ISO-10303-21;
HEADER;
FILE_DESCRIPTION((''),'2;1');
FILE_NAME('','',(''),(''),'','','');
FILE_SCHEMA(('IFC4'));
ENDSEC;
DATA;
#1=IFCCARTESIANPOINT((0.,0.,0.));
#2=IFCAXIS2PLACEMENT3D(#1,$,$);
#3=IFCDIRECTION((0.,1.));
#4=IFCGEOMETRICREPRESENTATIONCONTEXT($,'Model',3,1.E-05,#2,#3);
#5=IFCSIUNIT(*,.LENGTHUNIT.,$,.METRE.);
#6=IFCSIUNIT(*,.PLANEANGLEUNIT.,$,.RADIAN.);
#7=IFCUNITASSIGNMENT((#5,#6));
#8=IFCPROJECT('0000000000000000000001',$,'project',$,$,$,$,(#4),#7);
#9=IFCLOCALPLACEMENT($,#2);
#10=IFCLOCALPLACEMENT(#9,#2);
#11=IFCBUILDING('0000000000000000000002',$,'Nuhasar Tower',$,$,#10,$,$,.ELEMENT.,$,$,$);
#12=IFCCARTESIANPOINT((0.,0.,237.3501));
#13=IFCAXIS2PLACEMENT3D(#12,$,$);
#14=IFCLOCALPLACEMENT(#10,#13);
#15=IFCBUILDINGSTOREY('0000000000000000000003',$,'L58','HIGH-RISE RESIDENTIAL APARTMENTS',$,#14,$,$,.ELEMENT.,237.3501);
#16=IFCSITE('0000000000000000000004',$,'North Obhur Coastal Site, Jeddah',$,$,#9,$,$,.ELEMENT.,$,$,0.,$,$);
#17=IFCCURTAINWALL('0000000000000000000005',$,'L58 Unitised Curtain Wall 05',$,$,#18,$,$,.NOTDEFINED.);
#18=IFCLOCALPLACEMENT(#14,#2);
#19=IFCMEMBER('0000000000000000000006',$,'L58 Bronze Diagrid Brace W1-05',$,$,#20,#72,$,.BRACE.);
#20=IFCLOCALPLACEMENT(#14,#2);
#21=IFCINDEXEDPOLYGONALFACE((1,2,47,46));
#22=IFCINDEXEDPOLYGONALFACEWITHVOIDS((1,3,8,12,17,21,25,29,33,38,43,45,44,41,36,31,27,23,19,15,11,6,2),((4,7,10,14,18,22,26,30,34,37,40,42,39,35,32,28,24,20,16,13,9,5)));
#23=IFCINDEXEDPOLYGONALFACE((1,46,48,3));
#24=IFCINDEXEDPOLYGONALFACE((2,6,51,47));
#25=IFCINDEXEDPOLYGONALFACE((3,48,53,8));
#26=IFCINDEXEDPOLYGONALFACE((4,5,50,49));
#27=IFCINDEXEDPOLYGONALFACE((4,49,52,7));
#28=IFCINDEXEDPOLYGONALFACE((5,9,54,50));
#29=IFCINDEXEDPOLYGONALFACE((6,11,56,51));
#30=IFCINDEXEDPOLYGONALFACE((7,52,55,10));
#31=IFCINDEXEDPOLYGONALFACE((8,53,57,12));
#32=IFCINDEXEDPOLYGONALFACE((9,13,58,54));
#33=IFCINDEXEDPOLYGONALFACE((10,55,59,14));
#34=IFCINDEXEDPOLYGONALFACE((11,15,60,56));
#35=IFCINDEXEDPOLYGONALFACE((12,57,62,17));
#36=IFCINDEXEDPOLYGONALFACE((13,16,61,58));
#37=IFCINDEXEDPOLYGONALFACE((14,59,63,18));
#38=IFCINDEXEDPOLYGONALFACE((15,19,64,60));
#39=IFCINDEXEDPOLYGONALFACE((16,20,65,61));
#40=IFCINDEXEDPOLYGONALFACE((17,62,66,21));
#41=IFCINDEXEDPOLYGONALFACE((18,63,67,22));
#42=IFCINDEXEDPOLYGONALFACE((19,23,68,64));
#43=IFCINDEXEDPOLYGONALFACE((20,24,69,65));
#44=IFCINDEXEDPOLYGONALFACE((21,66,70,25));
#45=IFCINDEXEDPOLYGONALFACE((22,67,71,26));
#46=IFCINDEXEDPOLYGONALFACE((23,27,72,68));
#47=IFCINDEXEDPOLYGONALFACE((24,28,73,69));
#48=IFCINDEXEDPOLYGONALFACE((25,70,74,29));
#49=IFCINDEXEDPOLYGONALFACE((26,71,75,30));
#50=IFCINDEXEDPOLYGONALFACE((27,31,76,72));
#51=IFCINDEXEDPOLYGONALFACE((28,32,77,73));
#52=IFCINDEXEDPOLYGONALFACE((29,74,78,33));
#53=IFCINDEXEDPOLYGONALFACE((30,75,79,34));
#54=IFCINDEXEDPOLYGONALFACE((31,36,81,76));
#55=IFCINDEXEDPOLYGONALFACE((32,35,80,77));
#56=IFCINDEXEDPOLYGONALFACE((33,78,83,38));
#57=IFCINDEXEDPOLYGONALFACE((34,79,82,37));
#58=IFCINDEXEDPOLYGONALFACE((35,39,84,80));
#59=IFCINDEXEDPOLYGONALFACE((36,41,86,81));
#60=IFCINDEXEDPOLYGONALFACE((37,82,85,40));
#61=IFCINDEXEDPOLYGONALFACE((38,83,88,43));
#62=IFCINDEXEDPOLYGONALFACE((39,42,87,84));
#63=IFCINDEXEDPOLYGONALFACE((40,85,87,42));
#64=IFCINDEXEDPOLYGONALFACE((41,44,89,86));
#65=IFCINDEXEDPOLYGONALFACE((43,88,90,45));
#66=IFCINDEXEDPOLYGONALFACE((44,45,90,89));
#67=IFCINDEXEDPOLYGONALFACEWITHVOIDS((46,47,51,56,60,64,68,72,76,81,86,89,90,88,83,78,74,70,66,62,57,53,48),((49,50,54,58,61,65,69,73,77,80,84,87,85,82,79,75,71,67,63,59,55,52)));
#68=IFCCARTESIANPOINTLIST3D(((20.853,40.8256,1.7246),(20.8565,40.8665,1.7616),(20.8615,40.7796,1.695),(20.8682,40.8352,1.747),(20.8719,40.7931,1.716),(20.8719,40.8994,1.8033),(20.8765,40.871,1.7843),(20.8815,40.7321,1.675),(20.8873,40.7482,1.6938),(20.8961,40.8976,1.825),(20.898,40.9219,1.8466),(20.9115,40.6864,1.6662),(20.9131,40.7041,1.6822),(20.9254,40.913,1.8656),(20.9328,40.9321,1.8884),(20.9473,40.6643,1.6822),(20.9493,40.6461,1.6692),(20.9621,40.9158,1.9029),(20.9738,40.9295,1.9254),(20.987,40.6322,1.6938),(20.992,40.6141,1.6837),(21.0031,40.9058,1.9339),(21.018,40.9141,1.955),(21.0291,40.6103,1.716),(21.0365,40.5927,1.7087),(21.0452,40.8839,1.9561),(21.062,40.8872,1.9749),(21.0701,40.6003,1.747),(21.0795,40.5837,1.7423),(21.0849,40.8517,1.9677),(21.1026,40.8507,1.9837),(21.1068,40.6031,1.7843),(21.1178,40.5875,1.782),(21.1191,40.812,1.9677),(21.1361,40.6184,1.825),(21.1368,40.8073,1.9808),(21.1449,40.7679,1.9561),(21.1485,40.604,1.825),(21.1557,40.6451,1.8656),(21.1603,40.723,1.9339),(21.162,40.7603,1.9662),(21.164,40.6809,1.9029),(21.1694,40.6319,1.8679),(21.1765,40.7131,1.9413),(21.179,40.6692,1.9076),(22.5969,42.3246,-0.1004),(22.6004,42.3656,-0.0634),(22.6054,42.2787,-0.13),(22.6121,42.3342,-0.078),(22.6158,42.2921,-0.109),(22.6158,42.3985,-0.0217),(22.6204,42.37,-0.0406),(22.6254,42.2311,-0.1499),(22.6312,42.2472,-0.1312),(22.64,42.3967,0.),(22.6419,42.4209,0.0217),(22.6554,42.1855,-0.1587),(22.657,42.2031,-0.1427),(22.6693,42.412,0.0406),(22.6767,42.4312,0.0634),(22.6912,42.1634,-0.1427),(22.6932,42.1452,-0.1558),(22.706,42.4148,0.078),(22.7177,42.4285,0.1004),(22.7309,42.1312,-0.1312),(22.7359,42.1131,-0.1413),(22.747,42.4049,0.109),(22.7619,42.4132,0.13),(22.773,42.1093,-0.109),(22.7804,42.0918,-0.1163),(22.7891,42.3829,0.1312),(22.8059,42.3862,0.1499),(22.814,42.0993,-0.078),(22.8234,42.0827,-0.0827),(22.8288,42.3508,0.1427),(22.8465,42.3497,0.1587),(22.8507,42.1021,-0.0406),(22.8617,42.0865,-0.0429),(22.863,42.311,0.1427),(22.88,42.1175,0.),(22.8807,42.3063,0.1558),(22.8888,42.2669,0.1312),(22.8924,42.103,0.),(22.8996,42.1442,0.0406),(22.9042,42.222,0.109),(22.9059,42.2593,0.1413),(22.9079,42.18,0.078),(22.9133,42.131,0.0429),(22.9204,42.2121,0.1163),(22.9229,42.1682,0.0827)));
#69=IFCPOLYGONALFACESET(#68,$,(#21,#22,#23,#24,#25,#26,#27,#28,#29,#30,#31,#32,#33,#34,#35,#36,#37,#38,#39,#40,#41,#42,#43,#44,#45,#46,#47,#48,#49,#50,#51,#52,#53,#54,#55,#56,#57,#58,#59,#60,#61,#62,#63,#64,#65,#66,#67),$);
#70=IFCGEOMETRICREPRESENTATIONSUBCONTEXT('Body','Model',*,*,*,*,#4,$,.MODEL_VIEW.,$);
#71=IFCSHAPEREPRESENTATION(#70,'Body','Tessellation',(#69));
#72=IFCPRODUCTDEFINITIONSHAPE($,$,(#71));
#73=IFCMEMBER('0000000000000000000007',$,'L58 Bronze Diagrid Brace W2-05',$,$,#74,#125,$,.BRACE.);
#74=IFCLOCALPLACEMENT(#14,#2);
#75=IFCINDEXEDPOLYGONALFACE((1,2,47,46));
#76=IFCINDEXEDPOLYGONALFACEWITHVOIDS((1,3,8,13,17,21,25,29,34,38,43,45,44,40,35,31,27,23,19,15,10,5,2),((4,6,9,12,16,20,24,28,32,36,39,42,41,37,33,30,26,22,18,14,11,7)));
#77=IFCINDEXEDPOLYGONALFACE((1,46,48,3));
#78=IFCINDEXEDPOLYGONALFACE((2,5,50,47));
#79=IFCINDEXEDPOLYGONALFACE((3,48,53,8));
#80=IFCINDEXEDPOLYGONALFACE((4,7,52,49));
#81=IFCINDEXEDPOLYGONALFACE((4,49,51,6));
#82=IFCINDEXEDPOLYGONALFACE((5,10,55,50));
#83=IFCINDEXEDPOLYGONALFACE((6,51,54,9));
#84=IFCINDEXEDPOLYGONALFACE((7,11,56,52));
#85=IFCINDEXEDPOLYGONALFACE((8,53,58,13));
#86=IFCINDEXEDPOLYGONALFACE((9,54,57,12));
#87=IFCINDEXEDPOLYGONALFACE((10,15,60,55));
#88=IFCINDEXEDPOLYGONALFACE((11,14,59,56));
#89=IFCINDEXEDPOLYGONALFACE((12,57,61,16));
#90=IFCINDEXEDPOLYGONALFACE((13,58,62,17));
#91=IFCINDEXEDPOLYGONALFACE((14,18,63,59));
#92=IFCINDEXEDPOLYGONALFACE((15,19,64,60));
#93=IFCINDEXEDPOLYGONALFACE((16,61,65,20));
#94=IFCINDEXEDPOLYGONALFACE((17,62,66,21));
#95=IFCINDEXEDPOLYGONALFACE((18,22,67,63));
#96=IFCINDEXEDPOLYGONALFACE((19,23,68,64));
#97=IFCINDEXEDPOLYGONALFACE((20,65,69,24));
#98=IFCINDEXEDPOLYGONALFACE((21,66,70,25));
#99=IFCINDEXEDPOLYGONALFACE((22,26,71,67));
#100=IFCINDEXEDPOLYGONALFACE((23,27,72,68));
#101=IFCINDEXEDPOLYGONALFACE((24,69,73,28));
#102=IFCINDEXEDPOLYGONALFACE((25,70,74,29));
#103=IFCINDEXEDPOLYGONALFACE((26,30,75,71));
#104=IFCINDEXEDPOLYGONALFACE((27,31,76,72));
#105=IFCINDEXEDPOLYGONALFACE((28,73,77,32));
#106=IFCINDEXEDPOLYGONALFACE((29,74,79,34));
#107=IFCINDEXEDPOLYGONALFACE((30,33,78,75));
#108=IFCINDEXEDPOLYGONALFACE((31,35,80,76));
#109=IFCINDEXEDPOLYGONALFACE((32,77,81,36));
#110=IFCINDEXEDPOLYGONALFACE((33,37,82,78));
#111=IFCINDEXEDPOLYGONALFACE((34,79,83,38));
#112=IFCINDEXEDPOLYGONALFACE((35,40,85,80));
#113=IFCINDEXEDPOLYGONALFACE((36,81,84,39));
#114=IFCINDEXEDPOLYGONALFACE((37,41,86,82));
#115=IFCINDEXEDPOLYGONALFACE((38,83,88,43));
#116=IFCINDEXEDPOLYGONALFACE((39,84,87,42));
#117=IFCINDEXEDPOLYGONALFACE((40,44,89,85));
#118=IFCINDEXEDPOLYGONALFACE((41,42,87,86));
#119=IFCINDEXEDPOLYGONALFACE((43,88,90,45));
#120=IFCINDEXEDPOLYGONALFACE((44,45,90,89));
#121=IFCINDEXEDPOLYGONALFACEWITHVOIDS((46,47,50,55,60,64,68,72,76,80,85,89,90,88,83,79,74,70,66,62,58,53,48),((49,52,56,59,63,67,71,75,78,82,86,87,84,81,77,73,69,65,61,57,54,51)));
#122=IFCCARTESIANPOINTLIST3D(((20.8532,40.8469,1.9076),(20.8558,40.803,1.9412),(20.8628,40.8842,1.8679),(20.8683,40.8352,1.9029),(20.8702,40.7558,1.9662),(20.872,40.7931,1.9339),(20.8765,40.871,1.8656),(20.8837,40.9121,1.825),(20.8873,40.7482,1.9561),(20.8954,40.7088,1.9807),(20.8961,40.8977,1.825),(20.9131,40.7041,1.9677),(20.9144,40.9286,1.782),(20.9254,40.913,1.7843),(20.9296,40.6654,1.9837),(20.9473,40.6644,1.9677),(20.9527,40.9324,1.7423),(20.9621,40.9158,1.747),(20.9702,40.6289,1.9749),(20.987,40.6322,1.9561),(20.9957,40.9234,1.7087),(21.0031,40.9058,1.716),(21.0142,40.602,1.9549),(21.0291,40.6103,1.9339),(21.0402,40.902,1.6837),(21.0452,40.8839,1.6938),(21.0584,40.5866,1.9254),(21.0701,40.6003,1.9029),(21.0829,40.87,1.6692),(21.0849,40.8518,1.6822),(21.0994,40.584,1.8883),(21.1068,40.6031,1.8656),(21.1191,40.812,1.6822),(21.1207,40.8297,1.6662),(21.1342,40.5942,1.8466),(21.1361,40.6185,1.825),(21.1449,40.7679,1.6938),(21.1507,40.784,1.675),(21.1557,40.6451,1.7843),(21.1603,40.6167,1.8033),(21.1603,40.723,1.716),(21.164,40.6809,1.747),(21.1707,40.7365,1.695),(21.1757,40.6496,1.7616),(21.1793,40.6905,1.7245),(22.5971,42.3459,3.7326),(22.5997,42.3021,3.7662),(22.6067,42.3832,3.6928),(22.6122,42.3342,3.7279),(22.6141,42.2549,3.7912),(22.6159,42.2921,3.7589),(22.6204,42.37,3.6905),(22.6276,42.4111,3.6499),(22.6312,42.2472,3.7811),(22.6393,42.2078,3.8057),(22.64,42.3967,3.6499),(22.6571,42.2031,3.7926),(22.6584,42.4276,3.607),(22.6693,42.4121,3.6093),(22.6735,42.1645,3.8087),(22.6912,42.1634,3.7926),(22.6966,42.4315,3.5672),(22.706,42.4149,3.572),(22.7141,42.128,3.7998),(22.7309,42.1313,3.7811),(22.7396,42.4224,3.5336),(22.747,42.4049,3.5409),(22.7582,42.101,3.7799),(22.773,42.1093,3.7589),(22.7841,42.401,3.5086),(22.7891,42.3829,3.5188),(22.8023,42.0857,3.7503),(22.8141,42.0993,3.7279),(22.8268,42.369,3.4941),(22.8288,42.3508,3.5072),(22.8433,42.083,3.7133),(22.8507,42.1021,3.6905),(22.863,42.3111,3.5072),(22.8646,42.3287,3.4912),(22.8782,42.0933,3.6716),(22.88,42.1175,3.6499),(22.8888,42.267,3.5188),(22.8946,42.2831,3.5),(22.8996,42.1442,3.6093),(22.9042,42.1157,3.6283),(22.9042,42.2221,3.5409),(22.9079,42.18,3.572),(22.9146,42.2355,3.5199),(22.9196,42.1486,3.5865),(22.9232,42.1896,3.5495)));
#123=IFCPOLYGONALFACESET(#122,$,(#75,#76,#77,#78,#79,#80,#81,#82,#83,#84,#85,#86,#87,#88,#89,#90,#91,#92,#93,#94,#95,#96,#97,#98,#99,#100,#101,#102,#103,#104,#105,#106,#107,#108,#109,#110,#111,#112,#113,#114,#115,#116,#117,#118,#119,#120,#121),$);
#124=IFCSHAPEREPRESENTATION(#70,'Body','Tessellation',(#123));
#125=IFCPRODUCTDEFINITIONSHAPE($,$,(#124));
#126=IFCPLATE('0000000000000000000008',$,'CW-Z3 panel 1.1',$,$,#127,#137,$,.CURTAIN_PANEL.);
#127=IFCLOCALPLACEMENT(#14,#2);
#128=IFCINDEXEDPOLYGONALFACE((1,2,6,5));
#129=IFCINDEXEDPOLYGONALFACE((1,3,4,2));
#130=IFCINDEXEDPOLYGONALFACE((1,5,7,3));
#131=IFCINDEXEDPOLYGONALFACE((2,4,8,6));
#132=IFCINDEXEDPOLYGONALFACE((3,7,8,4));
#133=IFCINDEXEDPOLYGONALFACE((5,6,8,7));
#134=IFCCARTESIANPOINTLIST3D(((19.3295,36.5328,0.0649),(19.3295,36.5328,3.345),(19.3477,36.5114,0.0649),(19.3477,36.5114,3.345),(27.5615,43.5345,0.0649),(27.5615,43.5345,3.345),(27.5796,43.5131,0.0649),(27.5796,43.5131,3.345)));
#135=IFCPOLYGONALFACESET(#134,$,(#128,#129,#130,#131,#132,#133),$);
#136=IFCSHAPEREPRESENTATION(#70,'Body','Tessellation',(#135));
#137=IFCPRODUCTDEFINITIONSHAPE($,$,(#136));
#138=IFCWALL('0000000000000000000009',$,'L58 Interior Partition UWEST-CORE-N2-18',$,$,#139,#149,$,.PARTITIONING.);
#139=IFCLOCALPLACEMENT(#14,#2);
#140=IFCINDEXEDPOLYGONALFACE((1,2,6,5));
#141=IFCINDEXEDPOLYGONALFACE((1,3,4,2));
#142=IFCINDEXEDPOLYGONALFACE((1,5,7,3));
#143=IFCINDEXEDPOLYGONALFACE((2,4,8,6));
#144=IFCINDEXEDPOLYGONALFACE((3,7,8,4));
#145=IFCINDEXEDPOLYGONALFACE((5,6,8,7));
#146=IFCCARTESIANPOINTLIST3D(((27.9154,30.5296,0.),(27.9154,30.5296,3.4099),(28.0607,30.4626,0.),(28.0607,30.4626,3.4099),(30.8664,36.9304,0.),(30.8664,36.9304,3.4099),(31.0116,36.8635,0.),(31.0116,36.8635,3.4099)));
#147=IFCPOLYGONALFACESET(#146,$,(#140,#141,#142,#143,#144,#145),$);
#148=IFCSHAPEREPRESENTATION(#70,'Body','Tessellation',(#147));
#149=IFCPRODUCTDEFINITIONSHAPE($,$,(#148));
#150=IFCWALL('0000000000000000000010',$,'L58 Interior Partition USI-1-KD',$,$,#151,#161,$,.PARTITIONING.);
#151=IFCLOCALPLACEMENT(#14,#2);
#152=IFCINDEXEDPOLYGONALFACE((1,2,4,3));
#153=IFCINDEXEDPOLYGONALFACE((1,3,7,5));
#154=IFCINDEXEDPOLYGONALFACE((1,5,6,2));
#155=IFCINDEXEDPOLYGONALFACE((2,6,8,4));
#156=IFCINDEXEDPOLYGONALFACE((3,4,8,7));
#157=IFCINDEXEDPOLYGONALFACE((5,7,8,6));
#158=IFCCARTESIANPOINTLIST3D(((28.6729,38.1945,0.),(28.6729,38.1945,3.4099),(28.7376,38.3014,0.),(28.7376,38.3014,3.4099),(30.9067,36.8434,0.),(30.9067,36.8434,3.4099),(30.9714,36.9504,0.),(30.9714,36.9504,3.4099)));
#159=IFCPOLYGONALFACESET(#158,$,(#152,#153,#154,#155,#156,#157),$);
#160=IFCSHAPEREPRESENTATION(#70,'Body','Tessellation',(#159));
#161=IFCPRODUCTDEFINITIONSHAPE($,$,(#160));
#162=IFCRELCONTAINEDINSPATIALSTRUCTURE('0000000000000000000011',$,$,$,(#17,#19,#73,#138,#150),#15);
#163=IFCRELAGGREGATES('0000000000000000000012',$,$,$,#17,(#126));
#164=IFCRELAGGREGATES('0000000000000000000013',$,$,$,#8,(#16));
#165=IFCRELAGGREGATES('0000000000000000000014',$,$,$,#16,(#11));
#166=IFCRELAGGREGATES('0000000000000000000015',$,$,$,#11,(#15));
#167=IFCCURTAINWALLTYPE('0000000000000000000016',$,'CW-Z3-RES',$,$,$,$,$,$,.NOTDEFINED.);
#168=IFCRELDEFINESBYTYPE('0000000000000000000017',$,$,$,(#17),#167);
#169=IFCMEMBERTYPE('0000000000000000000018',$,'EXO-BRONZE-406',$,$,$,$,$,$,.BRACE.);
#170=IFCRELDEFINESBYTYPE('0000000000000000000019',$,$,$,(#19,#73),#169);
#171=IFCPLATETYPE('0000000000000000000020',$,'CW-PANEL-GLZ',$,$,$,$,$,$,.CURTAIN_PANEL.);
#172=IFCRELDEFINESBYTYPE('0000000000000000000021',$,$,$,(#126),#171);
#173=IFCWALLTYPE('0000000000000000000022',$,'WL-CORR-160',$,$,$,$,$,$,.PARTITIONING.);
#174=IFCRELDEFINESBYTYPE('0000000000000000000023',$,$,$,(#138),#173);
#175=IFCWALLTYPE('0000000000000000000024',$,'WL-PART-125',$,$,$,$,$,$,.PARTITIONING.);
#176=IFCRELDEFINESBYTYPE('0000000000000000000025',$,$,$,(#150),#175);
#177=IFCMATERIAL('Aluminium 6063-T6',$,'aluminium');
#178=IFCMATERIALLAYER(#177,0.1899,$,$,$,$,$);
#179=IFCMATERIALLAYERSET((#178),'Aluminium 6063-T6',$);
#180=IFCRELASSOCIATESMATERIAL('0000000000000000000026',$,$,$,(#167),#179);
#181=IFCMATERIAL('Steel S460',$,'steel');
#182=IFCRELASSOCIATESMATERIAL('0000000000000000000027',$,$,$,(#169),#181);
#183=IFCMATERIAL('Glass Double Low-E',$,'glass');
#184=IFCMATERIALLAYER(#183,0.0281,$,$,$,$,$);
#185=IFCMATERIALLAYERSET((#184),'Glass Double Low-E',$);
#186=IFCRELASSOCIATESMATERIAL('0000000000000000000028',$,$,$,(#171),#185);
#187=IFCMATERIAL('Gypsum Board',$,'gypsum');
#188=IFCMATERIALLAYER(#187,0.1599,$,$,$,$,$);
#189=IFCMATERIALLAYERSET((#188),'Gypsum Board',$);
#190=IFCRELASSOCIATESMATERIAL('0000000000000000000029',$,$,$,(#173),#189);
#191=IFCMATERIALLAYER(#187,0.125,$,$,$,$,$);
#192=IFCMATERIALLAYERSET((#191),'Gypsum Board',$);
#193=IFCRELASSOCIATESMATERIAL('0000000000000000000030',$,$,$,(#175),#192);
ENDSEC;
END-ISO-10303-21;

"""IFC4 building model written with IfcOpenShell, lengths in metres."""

from ifc_helpers import new_model, si_unit, direction, frame, frame_2d, origin, origin_2d, place, context, subcontext, project, spatial, rectangle, hollow_circle, extrude, material, layer, layer_set, material_profile, profile_set, type_object, element, aggregate, save


model = new_model("IFC4")

# Units and contexts
model_context = context("Model", 3, precision=1e-05, world=origin(), true_north=direction((0.0, 1.0)))
body_context = subcontext(model_context, "Body", "Model", "MODEL_VIEW")
ifc_project = project(units=[si_unit("LENGTHUNIT", "METRE"), si_unit("PLANEANGLEUNIT", "RADIAN")], contexts=[model_context])

# Site, building, storey
site_placement = place(None, origin())
site = spatial("IfcSite", under=ifc_project, at=site_placement, Name="North Obhur Coastal Site, Jeddah", CompositionType="ELEMENT", RefElevation=0.0)
building_placement = place(site_placement, origin())
building = spatial("IfcBuilding", under=site, at=building_placement, Name="Nuhasar Tower", CompositionType="ELEMENT")
storey_placement = place(building_placement, frame((0.0, 0.0, 237.3501)))
storey = spatial("IfcBuildingStorey", under=building, at=storey_placement, Name="L58", Description="HIGH-RISE RESIDENTIAL APARTMENTS", CompositionType="ELEMENT", Elevation=237.3501)

# Shared definitions
ifc_material_1 = material(Name="Aluminium 6063-T6", Category="aluminium")
ifc_layer_1 = layer(ifc_material_1, 0.1899)
ifc_layer_set_1 = layer_set([ifc_layer_1], Name="Aluminium 6063-T6")
curtain_wall_type = type_object("IfcCurtainWallType", Name="CW-Z3-RES", PredefinedType="NOTDEFINED", material=ifc_layer_set_1)

# Curtain wall
curtain_wall_1_placement = place(storey_placement, origin())
curtain_wall_1 = element("IfcCurtainWall", 1, at=curtain_wall_1_placement, inside=storey, type_object=curtain_wall_type, Name="L58 Unitised Curtain Wall 05", PredefinedType="NOTDEFINED")

# Members
ifc_material_2 = material(Name="Steel S460", Category="steel")
ifc_material_profile_1 = material_profile(ifc_material_2, hollow_circle(Radius=0.2031, WallThickness=0.019, at=origin_2d()), Name="HSS406.4X19.1")
ifc_profile_set_1 = profile_set([ifc_material_profile_1], Name="Steel S460")
member_type_1 = type_object("IfcMemberType", Name="EXO-BRONZE-406", PredefinedType="BRACE", material=ifc_profile_set_1)
for number, where, z_axis, x_axis, name in (
    (2, (22.76, 42.2571, 0.0), (-0.594019, -0.510608, 0.621628), (0.651857, -0.758342, 0.0), "L58 Bronze Diagrid Brace W1-05"),
    (3, (21.0161, 40.7581, 1.825), (0.594019, 0.510608, 0.621628), (-0.651857, 0.758342, 0.0), "L58 Bronze Diagrid Brace W2-05"),
):
    element("IfcMember", number, at=place(storey_placement, frame(where, z_axis=z_axis, x_axis=x_axis)), inside=storey, type_object=member_type_1, Name=name, PredefinedType="BRACE", context=body_context, shape_type="SweptSolid", body=[
        extrude(hollow_circle(Radius=0.2031, WallThickness=0.019, at=origin_2d()), origin(), (0.0, 0.0, 1.0), 2.9358),
    ])

# Plate
ifc_material_3 = material(Name="Glass Double Low-E", Category="glass")
ifc_layer_2 = layer(ifc_material_3, 0.0281)
ifc_layer_set_2 = layer_set([ifc_layer_2], Name="Glass Double Low-E")
plate_type = type_object("IfcPlateType", Name="CW-PANEL-GLZ", PredefinedType="CURTAIN_PANEL", material=ifc_layer_set_2)
plate_placement = place(storey_placement, frame((23.4546, 40.0229, 0.0649), z_axis=(0.0, 0.0, 1.0), x_axis=(-0.761729, -0.647895, 0.0)))
plate = element("IfcPlate", 4, at=plate_placement, type_object=plate_type, Name="CW-Z3 panel 1.1", PredefinedType="CURTAIN_PANEL", context=body_context, shape_type="SweptSolid", body=[
    extrude(rectangle(XDim=10.8069, YDim=0.0281, at=origin_2d()), origin(), (0.0, 0.0, 1.0), 3.28),
])
aggregate(curtain_wall_1, [plate])

# Walls
ifc_material_4 = material(Name="Gypsum Board", Category="gypsum")
ifc_layer_3 = layer(ifc_material_4, 0.1599)
ifc_layer_set_3 = layer_set([ifc_layer_3], Name="Gypsum Board")
wall_type_1 = type_object("IfcWallType", Name="WL-CORR-160", PredefinedType="PARTITIONING", material=ifc_layer_set_3)
wall_1_placement = place(storey_placement, frame((30.939, 36.897, 0.0), z_axis=(0.0, 0.0, 1.0), x_axis=(-0.418669, -0.908139, 0.0)))
element("IfcWall", 5, at=wall_1_placement, inside=storey, type_object=wall_type_1, Name="L58 Interior Partition UWEST-CORE-N2-18", PredefinedType="PARTITIONING", context=body_context, shape_type="SweptSolid", body=[
    extrude(rectangle(XDim=7.0483, YDim=0.1599, at=frame_2d((3.5242, 0.0))), origin(), (0.0, 0.0, 1.0), 3.4099),
])
ifc_layer_4 = layer(ifc_material_4, 0.125)
ifc_layer_set_4 = layer_set([ifc_layer_4], Name="Gypsum Board")
wall_type_2 = type_object("IfcWallType", Name="WL-PART-125", PredefinedType="PARTITIONING", material=ifc_layer_set_4)
wall_2_placement = place(storey_placement, frame((30.939, 36.897, 0.0), z_axis=(0.0, 0.0, 1.0), x_axis=(-0.855672, 0.517518, 0.0)))
element("IfcWall", 6, at=wall_2_placement, inside=storey, type_object=wall_type_2, Name="L58 Interior Partition USI-1-KD", PredefinedType="PARTITIONING", context=body_context, shape_type="SweptSolid", body=[
    extrude(rectangle(XDim=2.6106, YDim=0.125, at=frame_2d((1.3052, 0.0))), origin(), (0.0, 0.0, 1.0), 3.4099),
])

save(model, "model.ifc")
